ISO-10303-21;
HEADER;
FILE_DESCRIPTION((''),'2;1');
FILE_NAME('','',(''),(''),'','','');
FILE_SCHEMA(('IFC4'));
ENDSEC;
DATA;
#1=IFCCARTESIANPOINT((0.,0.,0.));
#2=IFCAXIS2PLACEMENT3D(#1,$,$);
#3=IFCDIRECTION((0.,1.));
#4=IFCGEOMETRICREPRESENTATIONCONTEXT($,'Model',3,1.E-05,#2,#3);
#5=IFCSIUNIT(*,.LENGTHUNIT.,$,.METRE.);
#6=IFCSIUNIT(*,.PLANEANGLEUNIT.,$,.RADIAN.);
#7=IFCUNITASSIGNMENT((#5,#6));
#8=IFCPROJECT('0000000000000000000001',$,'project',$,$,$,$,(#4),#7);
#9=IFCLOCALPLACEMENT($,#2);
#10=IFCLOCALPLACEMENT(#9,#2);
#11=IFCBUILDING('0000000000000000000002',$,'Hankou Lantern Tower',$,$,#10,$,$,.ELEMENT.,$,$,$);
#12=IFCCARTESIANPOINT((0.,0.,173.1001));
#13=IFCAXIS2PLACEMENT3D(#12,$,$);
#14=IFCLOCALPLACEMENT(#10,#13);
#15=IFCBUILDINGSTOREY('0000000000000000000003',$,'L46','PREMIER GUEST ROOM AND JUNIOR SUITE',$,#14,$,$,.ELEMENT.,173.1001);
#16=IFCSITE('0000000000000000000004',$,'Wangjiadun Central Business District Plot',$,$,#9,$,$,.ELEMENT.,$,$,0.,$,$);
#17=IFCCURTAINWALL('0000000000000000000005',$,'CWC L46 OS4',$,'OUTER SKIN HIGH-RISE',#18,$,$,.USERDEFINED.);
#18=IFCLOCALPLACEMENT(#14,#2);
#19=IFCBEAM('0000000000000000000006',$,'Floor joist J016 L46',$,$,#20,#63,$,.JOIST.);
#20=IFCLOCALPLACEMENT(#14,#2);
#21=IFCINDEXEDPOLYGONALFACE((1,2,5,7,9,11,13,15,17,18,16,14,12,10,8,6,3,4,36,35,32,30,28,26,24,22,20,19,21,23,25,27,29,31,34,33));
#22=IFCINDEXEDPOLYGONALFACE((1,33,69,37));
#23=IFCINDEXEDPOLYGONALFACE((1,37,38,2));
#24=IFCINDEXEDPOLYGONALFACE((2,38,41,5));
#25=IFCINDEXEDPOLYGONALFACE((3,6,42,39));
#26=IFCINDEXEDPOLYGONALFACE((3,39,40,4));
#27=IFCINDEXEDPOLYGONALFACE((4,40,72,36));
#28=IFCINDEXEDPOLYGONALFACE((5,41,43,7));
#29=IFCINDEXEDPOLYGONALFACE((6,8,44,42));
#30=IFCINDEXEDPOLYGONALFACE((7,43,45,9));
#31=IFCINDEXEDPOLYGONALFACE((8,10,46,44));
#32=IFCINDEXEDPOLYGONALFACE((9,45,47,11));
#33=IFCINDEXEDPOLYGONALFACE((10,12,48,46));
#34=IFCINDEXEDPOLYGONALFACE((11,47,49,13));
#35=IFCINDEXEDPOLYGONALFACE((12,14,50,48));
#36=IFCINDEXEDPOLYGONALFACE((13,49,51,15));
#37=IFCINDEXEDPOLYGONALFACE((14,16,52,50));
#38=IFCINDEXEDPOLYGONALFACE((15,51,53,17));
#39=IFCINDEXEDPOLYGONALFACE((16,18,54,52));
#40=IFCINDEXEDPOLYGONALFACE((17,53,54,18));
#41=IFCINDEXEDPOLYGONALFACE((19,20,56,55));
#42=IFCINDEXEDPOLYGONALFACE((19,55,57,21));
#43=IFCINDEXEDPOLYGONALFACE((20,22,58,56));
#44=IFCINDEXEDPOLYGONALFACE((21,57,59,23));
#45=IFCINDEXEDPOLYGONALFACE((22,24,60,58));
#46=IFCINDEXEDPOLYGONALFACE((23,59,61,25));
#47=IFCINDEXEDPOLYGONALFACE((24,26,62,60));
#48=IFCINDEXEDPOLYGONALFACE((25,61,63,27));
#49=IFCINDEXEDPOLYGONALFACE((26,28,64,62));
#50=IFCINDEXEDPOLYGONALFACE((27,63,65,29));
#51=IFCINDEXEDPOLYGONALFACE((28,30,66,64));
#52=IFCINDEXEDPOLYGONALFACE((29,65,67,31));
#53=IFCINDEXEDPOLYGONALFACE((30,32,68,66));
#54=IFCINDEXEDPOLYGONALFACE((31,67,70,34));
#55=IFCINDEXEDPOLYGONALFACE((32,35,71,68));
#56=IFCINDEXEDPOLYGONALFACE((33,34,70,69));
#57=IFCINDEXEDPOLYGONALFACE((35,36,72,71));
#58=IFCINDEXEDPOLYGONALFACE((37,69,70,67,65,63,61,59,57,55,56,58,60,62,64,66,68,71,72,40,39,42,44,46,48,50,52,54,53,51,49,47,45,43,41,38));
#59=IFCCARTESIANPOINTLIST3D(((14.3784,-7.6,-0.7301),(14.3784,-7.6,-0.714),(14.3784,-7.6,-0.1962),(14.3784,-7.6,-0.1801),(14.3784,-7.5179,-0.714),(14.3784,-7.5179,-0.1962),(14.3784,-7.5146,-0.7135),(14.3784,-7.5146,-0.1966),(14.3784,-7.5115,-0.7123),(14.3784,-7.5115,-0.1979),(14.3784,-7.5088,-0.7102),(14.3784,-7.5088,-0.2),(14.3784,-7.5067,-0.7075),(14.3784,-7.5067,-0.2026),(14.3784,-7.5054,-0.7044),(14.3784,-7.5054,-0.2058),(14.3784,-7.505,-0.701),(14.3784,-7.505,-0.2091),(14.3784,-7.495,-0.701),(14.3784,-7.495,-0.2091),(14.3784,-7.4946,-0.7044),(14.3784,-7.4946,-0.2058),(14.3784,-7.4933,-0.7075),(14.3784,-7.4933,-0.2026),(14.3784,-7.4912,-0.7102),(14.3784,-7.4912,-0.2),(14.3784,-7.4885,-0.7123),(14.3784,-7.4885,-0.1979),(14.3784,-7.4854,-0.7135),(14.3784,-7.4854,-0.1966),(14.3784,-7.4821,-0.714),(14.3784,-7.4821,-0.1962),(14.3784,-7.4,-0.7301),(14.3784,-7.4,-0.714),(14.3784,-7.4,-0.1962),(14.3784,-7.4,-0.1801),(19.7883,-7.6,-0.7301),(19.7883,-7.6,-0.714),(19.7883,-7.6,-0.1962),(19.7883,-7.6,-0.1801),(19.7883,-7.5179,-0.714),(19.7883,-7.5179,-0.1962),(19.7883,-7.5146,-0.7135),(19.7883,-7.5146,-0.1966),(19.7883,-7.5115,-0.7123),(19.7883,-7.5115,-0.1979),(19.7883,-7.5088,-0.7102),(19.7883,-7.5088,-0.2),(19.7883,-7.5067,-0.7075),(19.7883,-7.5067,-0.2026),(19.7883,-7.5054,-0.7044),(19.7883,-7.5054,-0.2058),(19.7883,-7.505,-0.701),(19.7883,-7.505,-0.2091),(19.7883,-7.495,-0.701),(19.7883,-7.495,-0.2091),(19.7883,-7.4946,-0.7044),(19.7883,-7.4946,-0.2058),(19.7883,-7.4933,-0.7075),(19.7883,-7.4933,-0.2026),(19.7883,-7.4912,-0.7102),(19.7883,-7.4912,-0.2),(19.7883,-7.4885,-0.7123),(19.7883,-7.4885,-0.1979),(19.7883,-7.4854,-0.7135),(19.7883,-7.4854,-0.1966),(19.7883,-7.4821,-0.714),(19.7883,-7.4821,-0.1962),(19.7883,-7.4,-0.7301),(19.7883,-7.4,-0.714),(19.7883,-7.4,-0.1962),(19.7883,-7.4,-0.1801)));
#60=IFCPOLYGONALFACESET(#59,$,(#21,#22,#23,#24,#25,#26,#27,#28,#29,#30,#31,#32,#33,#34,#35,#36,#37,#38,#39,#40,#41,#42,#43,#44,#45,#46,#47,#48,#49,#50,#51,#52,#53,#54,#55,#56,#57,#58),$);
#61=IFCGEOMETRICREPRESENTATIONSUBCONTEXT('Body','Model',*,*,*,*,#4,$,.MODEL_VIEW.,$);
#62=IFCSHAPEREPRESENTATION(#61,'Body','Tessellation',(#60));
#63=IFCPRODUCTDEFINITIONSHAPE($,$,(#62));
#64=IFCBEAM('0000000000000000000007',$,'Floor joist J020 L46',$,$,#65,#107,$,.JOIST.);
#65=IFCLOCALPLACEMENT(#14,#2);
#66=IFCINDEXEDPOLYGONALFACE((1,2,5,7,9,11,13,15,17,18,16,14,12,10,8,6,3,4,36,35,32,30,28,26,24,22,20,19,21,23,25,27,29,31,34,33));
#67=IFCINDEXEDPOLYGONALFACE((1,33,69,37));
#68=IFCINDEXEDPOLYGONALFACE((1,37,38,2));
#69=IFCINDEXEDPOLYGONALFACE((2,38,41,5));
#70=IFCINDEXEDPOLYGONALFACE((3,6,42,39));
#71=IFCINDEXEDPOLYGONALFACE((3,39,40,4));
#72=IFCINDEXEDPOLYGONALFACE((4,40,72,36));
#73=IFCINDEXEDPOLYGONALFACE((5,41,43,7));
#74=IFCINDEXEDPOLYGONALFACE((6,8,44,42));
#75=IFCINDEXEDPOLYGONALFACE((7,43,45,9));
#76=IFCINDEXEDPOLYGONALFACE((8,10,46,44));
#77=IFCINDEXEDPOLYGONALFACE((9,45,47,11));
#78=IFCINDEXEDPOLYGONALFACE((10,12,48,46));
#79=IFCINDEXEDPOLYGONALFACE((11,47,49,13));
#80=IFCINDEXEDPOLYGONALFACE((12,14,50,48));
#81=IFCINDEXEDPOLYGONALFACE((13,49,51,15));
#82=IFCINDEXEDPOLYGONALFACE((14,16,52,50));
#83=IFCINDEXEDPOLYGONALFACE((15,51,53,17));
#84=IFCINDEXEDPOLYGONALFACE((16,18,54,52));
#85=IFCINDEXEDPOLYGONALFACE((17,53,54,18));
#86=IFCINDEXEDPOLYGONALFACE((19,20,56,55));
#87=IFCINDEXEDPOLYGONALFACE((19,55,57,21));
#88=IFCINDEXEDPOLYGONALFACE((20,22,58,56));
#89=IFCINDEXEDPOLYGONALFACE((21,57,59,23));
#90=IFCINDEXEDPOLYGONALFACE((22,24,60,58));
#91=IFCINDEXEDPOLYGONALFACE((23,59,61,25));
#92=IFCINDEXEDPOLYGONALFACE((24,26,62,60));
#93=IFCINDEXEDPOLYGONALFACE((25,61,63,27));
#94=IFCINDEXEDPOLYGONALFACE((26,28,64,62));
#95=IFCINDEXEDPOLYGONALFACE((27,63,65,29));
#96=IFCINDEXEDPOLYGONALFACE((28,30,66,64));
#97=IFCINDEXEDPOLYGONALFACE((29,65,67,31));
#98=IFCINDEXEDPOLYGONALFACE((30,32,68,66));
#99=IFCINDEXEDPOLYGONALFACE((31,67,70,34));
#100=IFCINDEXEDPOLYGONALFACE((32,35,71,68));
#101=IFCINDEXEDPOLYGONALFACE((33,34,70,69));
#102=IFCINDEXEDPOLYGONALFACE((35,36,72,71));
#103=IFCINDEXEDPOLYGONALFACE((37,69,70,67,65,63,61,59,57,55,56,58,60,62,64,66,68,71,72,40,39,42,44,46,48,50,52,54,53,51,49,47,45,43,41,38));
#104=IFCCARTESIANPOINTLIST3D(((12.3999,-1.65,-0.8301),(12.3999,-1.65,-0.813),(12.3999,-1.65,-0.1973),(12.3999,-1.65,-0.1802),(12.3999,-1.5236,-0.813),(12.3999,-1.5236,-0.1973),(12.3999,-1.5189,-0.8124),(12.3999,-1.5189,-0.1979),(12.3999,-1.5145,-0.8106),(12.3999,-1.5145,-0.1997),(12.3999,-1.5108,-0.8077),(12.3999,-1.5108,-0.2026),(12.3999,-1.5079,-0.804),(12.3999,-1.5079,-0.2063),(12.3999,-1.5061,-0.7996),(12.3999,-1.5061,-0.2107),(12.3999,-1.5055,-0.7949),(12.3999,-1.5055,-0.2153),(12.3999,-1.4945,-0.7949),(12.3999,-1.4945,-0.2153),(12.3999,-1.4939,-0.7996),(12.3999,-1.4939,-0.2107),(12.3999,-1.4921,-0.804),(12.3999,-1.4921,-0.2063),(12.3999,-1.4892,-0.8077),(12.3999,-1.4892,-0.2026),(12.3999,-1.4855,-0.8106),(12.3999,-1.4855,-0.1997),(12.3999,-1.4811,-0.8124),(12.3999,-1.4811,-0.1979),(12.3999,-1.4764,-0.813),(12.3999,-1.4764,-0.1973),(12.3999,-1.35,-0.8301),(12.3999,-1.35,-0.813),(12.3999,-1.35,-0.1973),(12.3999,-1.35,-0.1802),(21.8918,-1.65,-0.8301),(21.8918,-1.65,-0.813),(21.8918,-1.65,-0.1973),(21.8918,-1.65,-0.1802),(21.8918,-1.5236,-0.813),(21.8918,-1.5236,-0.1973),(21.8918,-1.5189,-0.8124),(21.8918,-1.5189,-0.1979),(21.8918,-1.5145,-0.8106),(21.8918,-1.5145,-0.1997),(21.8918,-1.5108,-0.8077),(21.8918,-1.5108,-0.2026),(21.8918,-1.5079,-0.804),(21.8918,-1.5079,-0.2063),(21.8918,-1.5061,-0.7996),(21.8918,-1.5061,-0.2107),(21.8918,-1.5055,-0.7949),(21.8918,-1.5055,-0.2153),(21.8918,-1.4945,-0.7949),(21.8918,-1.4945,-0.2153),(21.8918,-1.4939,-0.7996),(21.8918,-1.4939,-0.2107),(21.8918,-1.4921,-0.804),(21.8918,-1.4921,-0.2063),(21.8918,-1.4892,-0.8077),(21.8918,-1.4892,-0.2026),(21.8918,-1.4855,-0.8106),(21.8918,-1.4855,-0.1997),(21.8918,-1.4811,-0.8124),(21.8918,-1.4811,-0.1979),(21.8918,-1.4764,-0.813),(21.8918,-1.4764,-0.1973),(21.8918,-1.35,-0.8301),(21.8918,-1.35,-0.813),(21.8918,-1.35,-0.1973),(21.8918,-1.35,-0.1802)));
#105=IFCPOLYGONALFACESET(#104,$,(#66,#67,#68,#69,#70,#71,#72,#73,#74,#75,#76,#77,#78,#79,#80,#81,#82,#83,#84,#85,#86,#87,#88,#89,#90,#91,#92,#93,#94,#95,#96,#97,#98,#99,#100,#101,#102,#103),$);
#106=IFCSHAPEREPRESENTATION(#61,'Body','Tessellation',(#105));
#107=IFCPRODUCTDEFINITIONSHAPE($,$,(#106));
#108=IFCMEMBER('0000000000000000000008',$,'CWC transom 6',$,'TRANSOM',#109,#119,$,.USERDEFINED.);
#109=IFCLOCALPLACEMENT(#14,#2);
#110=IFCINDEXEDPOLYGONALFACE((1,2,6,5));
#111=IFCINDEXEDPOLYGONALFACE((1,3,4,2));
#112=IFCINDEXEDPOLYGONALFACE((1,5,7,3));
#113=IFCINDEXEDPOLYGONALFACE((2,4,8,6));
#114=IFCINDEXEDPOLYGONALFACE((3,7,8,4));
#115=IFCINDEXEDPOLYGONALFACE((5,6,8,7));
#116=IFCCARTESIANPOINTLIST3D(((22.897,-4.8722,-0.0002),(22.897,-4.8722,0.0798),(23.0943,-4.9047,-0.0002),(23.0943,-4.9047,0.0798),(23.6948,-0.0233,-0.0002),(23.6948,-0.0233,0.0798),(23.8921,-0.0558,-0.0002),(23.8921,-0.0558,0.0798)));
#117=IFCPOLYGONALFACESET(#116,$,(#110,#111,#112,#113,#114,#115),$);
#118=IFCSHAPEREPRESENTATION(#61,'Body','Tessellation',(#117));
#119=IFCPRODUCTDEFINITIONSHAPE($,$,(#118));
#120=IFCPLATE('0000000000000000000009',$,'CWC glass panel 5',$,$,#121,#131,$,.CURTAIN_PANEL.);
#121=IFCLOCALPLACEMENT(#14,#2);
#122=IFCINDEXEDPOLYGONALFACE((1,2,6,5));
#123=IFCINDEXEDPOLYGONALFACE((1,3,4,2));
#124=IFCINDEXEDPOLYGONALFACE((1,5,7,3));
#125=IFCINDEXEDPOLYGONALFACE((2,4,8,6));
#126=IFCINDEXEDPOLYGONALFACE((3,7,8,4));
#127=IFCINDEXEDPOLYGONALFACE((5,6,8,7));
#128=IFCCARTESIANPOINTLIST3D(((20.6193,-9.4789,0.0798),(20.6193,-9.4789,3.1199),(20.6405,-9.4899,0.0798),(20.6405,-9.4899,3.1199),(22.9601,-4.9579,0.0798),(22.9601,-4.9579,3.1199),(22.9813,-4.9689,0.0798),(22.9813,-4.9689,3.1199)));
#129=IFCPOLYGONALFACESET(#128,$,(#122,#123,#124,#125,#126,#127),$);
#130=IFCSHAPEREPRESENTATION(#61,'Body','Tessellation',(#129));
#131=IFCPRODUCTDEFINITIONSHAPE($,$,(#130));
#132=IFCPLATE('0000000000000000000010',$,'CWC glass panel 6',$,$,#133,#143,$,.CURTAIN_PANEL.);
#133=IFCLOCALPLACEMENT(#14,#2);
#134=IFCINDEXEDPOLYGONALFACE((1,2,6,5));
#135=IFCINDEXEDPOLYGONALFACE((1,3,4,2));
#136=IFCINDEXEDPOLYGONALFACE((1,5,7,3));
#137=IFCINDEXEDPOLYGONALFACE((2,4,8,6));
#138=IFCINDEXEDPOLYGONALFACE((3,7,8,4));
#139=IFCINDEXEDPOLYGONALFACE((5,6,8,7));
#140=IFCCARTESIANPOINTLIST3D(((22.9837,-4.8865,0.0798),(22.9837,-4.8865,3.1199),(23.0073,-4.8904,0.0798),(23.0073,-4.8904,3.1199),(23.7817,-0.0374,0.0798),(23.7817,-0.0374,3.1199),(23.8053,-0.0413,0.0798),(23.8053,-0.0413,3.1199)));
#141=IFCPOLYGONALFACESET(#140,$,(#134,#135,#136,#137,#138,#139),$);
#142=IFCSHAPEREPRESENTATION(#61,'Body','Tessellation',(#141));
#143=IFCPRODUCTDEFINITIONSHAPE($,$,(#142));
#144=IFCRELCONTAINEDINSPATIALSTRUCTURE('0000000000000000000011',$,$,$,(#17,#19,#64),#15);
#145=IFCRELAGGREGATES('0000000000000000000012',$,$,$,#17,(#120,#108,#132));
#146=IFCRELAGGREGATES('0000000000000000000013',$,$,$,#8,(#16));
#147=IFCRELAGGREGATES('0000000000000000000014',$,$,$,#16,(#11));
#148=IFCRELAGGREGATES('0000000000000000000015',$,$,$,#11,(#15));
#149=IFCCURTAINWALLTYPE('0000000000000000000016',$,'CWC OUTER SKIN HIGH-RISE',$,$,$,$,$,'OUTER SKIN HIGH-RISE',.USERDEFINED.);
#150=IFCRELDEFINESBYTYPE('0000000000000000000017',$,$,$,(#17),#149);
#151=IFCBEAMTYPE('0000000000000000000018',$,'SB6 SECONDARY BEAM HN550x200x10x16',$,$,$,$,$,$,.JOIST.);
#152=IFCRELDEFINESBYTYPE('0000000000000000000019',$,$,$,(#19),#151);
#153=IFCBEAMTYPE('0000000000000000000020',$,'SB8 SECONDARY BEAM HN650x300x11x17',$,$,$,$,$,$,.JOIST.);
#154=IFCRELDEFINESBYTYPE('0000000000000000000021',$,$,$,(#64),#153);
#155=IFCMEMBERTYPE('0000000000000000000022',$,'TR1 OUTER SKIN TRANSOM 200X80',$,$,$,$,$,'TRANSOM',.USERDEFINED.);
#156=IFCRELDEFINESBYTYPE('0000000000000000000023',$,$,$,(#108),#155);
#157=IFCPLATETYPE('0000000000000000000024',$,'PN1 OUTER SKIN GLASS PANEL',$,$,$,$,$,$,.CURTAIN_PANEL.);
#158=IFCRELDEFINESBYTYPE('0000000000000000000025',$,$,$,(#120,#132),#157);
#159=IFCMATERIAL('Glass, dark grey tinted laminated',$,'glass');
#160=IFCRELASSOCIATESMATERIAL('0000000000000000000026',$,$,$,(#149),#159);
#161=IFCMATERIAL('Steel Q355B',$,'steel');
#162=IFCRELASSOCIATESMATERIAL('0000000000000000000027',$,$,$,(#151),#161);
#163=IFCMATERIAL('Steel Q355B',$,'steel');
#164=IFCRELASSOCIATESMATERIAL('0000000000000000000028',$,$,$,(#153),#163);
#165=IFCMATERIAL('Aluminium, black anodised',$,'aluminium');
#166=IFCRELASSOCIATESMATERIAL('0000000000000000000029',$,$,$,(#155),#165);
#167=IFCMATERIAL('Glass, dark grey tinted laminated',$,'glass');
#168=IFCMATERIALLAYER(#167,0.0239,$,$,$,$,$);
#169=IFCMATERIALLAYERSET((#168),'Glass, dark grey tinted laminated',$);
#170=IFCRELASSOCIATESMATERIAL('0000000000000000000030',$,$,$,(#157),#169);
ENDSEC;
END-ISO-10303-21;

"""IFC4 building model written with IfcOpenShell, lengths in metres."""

from ifc_helpers import new_model, si_unit, direction, frame, origin, origin_2d, place, context, subcontext, project, spatial, rectangle, i_section, extrude, material, layer, layer_set, material_profile, profile_set, type_object, element, aggregate, save


model = new_model("IFC4")

# Units and contexts
model_context = context("Model", 3, precision=1e-05, world=origin(), true_north=direction((0.0, 1.0)))
body_context = subcontext(model_context, "Body", "Model", "MODEL_VIEW")
ifc_project = project(units=[si_unit("LENGTHUNIT", "METRE"), si_unit("PLANEANGLEUNIT", "RADIAN")], contexts=[model_context])

# Site, building, storey
site_placement = place(None, origin())
site = spatial("IfcSite", under=ifc_project, at=site_placement, Name="Wangjiadun Central Business District Plot", CompositionType="ELEMENT", RefElevation=0.0)
building_placement = place(site_placement, origin())
building = spatial("IfcBuilding", under=site, at=building_placement, Name="Hankou Lantern Tower", CompositionType="ELEMENT")
storey_placement = place(building_placement, frame((0.0, 0.0, 173.1001)))
storey = spatial("IfcBuildingStorey", under=building, at=storey_placement, Name="L46", Description="PREMIER GUEST ROOM AND JUNIOR SUITE", CompositionType="ELEMENT", Elevation=173.1001)

# Curtain wall
ifc_material_1 = material(Name="Glass, dark grey tinted laminated", Category="glass")
curtain_wall_type = type_object("IfcCurtainWallType", Name="CWC OUTER SKIN HIGH-RISE", ElementType="OUTER SKIN HIGH-RISE", PredefinedType="USERDEFINED", material=ifc_material_1)
curtain_wall_placement = place(storey_placement, origin())
curtain_wall = element("IfcCurtainWall", 1, at=curtain_wall_placement, inside=storey, type_object=curtain_wall_type, Name="CWC L46 OS4", ObjectType="OUTER SKIN HIGH-RISE", PredefinedType="USERDEFINED")

# Beams
ifc_material_2 = material(Name="Steel Q355B", Category="steel")
ifc_material_profile_1 = material_profile(ifc_material_2, i_section(OverallWidth=0.2, OverallDepth=0.55, WebThickness=0.01, FlangeThickness=0.0161, FilletRadius=0.0129, at=origin_2d()), Name="HN550x200x10x16")
ifc_profile_set_1 = profile_set([ifc_material_profile_1], Name="Steel Q355B")
beam_type_1 = type_object("IfcBeamType", Name="SB6 SECONDARY BEAM HN550x200x10x16", PredefinedType="JOIST", material=ifc_profile_set_1)
beam_1_placement = place(storey_placement, frame((14.3784, -7.5, -0.4551), z_axis=(1.0, 0.0, 0.0), x_axis=(0.0, 1.0, 0.0)))
element("IfcBeam", 2, at=beam_1_placement, inside=storey, type_object=beam_type_1, Name="Floor joist J016 L46", PredefinedType="JOIST", context=body_context, shape_type="SweptSolid", body=[
    extrude(i_section(OverallWidth=0.2, OverallDepth=0.55, WebThickness=0.01, FlangeThickness=0.0161, FilletRadius=0.0129, at=origin_2d()), origin(), (0.0, 0.0, 1.0), 5.4099),
])
ifc_material_3 = material(Name="Steel Q355B", Category="steel")
ifc_material_profile_2 = material_profile(ifc_material_3, i_section(OverallWidth=0.3, OverallDepth=0.6499, WebThickness=0.011, FlangeThickness=0.0171, FilletRadius=0.0181, at=origin_2d()), Name="HN650x300x11x17")
ifc_profile_set_2 = profile_set([ifc_material_profile_2], Name="Steel Q355B")
beam_type_2 = type_object("IfcBeamType", Name="SB8 SECONDARY BEAM HN650x300x11x17", PredefinedType="JOIST", material=ifc_profile_set_2)
beam_2_placement = place(storey_placement, frame((12.3999, -1.5, -0.5051), z_axis=(1.0, 0.0, 0.0), x_axis=(0.0, 1.0, 0.0)))
element("IfcBeam", 3, at=beam_2_placement, inside=storey, type_object=beam_type_2, Name="Floor joist J020 L46", PredefinedType="JOIST", context=body_context, shape_type="SweptSolid", body=[
    extrude(i_section(OverallWidth=0.3, OverallDepth=0.6499, WebThickness=0.011, FlangeThickness=0.0171, FilletRadius=0.0181, at=origin_2d()), origin(), (0.0, 0.0, 1.0), 9.4919),
])

# Member
ifc_material_4 = material(Name="Aluminium, black anodised", Category="aluminium")
ifc_material_profile_3 = material_profile(ifc_material_4, rectangle(XDim=0.2, YDim=0.0801, at=origin_2d()), Name="TR1 200X80")
ifc_profile_set_3 = profile_set([ifc_material_profile_3], Name="Aluminium, black anodised")
member_type_1 = type_object("IfcMemberType", Name="TR1 OUTER SKIN TRANSOM 200X80", ElementType="TRANSOM", PredefinedType="USERDEFINED", material=ifc_profile_set_3)
member_1_placement = place(storey_placement, frame((22.9956, -4.8884, 0.0398), z_axis=(0.16236, 0.986732, 0.0), x_axis=(-0.986732, 0.16236, 0.0)))
member_1 = element("IfcMember", 4, at=member_1_placement, type_object=member_type_1, Name="CWC transom 6", ObjectType="TRANSOM", PredefinedType="USERDEFINED", context=body_context, shape_type="SweptSolid", body=[
    extrude(rectangle(XDim=0.2, YDim=0.0801, at=origin_2d()), origin(), (0.0, 0.0, 1.0), 4.9141),
])

# Plates
ifc_material_5 = material(Name="Glass, dark grey tinted laminated", Category="glass")
ifc_layer_1 = layer(ifc_material_5, 0.0239)
ifc_layer_set_1 = layer_set([ifc_layer_1], Name="Glass, dark grey tinted laminated")
plate_type = type_object("IfcPlateType", Name="PN1 OUTER SKIN GLASS PANEL", PredefinedType="CURTAIN_PANEL", material=ifc_layer_set_1)
plate_1_placement = place(storey_placement, frame((21.8003, -7.2239, 0.0798), z_axis=(0.0, 0.0, 1.0), x_axis=(0.459791, 0.888027, 0.0)))
plate_1 = element("IfcPlate", 5, at=plate_1_placement, type_object=plate_type, Name="CWC glass panel 5", PredefinedType="CURTAIN_PANEL", context=body_context, shape_type="SweptSolid", body=[
    extrude(rectangle(XDim=5.0911, YDim=0.0239, at=origin_2d()), origin(), (0.0, 0.0, 1.0), 3.04),
])
plate_2_placement = place(storey_placement, frame((23.3945, -2.4639, 0.0798), z_axis=(0.0, 0.0, 1.0), x_axis=(0.162382, 0.986728, 0.0)))
plate_2 = element("IfcPlate", 6, at=plate_2_placement, type_object=plate_type, Name="CWC glass panel 6", PredefinedType="CURTAIN_PANEL", context=body_context, shape_type="SweptSolid", body=[
    extrude(rectangle(XDim=4.9143, YDim=0.0239, at=origin_2d()), origin(), (0.0, 0.0, 1.0), 3.04),
])
aggregate(curtain_wall, [plate_1, member_1, plate_2])

save(model, "model.ifc")
